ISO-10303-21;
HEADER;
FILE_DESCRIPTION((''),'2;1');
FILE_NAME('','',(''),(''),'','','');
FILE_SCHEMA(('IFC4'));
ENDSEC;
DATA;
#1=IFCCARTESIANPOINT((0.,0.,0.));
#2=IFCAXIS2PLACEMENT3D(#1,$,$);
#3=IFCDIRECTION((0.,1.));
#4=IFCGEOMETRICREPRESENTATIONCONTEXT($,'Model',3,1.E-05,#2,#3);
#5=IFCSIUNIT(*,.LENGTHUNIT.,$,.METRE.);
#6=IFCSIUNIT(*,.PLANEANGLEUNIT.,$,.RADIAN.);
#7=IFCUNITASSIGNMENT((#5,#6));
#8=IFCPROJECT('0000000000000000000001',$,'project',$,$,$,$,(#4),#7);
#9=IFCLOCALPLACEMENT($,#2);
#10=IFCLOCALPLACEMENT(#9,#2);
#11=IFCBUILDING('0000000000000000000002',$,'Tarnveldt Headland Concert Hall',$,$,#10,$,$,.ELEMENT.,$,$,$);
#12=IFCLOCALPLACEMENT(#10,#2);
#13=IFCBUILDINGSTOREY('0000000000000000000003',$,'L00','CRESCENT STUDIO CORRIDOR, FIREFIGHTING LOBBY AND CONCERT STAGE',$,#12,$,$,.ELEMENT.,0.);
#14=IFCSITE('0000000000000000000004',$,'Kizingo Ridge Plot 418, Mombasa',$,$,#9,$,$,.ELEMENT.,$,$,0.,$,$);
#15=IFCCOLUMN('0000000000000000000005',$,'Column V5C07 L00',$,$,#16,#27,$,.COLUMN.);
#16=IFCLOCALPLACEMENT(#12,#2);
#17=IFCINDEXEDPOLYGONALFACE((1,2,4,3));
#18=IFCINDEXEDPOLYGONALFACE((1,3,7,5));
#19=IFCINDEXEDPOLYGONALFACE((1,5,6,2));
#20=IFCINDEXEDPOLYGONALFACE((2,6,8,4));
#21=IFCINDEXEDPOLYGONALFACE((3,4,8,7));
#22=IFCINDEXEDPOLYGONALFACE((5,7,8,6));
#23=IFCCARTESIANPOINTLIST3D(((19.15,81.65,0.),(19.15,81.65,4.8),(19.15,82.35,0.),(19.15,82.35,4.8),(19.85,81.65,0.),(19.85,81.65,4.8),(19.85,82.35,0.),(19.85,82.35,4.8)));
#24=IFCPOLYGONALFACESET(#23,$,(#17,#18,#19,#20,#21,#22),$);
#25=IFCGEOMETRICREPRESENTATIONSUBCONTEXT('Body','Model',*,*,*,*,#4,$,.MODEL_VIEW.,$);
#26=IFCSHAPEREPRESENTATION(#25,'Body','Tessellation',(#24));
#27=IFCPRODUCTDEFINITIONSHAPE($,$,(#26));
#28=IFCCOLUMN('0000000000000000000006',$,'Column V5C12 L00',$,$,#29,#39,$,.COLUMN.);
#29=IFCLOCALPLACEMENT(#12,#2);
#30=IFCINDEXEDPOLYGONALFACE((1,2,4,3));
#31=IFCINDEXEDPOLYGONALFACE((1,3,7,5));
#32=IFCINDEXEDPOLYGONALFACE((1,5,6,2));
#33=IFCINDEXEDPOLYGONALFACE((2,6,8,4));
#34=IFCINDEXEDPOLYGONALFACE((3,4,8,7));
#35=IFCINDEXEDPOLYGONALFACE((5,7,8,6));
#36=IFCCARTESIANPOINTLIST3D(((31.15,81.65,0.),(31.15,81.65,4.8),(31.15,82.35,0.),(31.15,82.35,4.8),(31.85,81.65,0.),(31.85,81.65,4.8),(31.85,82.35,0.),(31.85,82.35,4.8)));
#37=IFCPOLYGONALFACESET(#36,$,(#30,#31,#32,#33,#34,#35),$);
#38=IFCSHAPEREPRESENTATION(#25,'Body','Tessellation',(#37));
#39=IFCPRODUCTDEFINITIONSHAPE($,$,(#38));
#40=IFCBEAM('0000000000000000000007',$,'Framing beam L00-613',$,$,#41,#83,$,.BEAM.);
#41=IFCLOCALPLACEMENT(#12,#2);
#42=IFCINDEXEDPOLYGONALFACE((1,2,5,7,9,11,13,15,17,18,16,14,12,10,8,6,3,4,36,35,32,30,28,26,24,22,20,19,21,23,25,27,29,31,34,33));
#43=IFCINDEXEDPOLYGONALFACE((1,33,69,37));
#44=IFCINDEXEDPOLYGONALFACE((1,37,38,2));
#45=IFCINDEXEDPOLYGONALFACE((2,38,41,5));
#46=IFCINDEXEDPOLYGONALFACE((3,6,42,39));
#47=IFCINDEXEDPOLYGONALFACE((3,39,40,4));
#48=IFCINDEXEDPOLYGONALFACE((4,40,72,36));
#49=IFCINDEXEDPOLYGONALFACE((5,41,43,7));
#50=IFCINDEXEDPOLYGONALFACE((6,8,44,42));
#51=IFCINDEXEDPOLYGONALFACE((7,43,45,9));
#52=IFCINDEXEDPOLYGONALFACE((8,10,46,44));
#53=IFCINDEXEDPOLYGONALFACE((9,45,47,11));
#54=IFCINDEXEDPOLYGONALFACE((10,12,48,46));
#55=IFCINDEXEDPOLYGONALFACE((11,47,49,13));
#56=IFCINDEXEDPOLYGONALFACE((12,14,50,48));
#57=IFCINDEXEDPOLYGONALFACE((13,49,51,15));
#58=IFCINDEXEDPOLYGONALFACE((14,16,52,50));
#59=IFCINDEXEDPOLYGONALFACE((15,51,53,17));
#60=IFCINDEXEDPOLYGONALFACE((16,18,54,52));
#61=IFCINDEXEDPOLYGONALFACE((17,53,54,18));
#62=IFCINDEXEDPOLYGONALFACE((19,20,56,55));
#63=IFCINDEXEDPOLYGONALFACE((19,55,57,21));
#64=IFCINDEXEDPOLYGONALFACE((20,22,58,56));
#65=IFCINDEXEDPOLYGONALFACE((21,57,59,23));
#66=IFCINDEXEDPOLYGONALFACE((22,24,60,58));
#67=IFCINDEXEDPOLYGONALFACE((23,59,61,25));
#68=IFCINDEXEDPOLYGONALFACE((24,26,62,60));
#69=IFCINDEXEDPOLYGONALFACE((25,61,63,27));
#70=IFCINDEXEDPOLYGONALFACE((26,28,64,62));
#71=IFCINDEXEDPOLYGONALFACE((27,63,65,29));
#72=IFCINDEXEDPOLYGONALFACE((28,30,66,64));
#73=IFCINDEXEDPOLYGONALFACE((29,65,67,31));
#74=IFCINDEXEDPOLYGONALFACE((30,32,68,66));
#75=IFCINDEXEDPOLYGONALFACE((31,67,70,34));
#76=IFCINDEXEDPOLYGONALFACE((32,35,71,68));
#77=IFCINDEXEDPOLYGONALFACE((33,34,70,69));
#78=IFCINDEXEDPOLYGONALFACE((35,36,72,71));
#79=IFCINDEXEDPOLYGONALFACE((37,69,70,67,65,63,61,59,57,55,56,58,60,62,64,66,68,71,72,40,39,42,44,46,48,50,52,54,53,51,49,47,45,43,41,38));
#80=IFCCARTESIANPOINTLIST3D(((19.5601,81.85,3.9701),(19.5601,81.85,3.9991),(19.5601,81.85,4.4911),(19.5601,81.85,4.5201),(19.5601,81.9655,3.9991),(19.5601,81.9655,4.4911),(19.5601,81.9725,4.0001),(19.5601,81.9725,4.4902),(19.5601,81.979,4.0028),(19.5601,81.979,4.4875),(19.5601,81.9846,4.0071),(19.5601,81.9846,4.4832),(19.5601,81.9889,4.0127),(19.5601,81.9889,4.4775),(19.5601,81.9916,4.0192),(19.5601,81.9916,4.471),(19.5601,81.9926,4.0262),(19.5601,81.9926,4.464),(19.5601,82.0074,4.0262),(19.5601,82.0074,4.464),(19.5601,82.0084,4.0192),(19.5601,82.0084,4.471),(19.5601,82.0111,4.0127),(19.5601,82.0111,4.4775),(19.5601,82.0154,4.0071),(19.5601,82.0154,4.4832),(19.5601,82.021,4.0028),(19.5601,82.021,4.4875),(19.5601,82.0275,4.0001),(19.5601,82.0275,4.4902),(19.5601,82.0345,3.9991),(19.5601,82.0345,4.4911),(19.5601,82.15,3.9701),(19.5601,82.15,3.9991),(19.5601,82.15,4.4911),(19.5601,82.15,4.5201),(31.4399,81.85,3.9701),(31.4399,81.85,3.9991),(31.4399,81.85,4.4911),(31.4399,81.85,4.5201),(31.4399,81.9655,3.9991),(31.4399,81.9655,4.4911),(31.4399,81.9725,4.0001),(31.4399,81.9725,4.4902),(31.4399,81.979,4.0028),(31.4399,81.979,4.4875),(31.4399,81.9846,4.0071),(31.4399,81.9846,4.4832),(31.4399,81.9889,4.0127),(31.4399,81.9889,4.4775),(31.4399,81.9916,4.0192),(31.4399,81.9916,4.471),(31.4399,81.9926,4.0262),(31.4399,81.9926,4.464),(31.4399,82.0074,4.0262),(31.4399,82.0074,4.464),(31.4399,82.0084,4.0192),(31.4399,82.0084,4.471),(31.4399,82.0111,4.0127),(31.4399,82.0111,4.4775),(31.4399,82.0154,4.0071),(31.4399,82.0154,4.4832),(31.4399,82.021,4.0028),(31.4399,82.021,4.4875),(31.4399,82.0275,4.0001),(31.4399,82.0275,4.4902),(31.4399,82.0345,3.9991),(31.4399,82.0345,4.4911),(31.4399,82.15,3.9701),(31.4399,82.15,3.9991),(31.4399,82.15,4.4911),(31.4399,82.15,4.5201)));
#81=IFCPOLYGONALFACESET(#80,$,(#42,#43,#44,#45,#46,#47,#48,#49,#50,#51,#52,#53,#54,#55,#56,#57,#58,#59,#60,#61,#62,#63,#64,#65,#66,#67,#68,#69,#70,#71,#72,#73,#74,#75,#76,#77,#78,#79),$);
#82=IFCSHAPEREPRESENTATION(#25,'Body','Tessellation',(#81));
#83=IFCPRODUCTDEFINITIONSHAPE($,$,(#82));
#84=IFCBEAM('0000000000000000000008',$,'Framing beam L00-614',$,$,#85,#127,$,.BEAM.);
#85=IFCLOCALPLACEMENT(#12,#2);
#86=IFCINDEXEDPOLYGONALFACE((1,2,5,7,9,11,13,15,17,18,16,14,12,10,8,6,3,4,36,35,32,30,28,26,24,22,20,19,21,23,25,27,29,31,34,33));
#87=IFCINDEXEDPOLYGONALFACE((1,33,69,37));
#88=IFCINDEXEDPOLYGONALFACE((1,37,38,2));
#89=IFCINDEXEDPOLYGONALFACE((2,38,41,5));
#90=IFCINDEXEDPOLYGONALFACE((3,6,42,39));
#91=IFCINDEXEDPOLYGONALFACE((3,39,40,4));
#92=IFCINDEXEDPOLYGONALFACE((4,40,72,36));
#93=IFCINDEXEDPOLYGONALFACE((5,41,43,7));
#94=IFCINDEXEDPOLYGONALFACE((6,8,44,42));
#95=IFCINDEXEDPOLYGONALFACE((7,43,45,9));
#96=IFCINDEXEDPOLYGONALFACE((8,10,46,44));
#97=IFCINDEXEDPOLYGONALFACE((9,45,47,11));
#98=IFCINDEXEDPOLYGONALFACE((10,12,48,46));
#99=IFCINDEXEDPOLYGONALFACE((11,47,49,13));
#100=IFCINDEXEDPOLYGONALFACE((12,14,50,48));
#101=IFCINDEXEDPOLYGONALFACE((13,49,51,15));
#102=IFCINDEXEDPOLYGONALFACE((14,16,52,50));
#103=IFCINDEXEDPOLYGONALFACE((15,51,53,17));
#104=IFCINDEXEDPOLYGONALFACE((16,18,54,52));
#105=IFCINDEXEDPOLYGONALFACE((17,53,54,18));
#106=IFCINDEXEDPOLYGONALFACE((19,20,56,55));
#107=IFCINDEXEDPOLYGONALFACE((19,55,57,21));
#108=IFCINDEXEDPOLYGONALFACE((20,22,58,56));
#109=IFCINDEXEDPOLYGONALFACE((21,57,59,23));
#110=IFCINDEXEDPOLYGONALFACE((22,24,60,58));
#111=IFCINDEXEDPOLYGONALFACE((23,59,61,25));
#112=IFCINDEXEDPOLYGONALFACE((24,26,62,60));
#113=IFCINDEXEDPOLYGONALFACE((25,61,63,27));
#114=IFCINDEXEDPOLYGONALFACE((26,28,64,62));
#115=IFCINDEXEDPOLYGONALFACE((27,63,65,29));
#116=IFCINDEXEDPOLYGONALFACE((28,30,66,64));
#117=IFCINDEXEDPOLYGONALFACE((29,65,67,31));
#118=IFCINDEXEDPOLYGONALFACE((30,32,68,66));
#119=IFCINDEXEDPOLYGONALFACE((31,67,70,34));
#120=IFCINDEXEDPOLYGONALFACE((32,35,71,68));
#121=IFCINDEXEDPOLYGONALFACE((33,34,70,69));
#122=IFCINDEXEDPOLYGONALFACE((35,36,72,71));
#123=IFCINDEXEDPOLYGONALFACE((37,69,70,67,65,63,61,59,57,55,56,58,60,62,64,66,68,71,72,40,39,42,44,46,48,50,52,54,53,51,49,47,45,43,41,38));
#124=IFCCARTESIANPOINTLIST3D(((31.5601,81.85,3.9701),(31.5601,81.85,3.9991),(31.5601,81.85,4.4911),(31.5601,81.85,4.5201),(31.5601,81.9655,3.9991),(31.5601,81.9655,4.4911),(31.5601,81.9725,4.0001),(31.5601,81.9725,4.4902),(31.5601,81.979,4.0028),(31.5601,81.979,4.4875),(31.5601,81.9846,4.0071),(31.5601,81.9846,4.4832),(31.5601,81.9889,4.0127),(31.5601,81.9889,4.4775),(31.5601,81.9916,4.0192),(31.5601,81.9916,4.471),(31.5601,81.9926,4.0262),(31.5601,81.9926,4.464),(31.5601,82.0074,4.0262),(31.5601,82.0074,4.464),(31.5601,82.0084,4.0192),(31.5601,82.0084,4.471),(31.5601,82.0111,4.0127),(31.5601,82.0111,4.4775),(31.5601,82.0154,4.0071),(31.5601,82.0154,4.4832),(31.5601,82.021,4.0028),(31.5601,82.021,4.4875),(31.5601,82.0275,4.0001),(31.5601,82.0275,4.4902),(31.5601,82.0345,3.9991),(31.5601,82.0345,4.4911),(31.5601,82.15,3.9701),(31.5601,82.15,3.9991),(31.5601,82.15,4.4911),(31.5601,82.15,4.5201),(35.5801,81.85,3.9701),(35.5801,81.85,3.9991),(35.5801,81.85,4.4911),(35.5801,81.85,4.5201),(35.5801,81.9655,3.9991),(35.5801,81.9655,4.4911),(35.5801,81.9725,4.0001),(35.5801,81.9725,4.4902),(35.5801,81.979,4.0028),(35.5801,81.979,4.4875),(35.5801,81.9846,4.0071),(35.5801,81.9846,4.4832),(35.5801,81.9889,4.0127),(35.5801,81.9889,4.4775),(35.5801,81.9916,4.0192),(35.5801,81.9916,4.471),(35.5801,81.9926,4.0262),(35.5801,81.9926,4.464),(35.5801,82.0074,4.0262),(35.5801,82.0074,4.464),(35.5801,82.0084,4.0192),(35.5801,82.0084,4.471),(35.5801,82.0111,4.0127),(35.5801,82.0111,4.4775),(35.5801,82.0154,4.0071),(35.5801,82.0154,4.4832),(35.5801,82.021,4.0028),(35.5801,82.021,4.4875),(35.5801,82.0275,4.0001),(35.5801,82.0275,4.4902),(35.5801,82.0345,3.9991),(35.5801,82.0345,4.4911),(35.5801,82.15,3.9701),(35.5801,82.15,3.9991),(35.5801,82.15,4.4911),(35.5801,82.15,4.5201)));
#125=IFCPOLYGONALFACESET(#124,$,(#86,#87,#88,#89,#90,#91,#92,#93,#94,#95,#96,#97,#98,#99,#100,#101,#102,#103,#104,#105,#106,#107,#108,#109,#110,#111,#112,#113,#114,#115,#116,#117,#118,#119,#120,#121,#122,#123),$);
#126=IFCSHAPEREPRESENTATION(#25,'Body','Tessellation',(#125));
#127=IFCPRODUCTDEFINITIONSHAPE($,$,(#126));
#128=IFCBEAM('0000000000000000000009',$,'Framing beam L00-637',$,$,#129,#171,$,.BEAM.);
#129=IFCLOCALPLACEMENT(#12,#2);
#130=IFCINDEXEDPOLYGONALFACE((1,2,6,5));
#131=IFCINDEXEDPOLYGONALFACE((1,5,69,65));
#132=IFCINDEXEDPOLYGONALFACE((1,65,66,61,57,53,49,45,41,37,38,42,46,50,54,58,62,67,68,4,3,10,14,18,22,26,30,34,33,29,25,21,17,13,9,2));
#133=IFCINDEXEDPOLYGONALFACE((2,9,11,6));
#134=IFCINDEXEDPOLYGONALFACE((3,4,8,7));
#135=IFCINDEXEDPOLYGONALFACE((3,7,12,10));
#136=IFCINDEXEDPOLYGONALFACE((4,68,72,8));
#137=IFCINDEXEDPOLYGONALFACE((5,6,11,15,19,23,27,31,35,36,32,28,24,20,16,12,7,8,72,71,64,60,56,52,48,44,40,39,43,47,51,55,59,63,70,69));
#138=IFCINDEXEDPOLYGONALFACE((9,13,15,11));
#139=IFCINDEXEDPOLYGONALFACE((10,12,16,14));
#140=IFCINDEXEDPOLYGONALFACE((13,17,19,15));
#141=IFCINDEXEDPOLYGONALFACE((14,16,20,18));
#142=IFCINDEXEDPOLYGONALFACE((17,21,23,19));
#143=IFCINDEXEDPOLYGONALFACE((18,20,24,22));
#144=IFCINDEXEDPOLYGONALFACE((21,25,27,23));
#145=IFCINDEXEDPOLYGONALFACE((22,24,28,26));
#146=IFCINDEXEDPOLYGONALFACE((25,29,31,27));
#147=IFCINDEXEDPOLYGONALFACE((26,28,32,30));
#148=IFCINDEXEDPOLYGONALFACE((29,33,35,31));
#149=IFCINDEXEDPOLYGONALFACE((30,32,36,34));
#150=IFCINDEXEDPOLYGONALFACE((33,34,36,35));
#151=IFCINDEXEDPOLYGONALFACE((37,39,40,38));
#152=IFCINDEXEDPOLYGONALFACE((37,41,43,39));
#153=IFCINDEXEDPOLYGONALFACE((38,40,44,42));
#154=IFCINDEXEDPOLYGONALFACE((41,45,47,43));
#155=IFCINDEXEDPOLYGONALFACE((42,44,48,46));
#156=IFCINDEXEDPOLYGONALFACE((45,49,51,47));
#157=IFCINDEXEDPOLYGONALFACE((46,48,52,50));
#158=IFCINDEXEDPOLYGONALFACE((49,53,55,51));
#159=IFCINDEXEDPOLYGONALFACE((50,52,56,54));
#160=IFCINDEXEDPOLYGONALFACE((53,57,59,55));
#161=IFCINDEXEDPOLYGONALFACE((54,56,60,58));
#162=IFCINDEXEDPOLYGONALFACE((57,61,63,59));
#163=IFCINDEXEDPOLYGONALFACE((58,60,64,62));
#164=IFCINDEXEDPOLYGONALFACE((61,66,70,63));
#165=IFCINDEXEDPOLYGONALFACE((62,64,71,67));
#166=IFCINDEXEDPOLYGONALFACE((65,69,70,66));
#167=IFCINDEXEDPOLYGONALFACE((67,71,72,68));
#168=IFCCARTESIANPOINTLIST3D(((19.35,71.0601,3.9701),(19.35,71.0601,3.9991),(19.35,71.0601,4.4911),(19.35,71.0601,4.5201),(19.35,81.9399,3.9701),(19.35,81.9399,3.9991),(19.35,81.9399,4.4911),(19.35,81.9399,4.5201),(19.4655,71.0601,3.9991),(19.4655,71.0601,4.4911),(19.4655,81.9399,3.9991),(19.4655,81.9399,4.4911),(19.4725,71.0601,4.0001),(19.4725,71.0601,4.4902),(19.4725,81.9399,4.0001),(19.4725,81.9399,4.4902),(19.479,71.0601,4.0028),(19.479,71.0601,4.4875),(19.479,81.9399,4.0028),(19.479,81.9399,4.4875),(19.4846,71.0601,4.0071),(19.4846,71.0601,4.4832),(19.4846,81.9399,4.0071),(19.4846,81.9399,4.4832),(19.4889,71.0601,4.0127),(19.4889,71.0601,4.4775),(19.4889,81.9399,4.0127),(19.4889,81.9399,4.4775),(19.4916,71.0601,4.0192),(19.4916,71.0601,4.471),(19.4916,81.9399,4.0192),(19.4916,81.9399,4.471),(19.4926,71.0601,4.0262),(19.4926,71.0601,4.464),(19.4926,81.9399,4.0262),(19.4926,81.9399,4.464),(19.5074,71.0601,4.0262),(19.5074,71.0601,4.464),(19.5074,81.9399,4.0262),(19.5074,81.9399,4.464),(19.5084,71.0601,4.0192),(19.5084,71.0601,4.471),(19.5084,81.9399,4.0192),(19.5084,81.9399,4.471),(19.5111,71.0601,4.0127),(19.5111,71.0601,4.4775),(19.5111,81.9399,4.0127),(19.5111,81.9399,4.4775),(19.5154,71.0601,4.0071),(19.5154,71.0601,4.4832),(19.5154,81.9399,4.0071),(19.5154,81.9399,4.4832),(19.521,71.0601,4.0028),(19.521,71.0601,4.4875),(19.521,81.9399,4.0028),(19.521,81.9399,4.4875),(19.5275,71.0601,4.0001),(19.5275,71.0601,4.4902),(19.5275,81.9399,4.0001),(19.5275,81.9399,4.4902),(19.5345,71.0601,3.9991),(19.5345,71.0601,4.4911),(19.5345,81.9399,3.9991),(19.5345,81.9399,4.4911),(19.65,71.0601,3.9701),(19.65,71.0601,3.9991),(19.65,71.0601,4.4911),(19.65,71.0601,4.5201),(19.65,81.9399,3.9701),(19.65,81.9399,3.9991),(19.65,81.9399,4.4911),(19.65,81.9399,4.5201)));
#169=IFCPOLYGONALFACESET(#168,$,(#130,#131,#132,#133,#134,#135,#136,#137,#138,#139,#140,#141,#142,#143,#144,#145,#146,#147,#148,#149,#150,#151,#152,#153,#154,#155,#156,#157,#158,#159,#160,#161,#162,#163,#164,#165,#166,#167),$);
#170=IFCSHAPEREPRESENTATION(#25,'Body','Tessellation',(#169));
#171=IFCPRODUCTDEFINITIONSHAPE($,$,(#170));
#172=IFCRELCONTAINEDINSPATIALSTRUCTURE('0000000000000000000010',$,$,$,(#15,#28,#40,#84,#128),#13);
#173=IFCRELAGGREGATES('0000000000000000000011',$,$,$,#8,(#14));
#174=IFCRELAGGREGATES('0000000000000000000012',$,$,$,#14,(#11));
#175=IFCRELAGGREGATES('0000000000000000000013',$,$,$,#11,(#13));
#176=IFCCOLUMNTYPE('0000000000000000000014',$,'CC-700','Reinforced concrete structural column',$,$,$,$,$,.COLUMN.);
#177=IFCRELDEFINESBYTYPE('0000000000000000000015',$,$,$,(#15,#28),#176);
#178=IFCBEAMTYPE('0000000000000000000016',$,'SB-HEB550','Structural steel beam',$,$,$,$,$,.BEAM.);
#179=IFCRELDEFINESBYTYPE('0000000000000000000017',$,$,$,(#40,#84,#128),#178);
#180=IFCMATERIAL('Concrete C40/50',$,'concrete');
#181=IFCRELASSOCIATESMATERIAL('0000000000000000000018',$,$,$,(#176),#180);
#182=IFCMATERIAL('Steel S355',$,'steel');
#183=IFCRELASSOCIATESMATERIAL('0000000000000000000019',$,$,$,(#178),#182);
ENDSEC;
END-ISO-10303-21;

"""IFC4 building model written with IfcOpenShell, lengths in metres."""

from ifc_helpers import new_model, si_unit, direction, frame, origin, origin_2d, place, context, subcontext, project, spatial, rectangle, i_section, extrude, material, material_profile, profile_set, type_object, element, save


model = new_model("IFC4")

# Units and contexts
model_context = context("Model", 3, precision=1e-05, world=origin(), true_north=direction((0.0, 1.0)))
body_context = subcontext(model_context, "Body", "Model", "MODEL_VIEW")
ifc_project = project(units=[si_unit("LENGTHUNIT", "METRE"), si_unit("PLANEANGLEUNIT", "RADIAN")], contexts=[model_context])

# Site, building, storey
site_placement = place(None, origin())
site = spatial("IfcSite", under=ifc_project, at=site_placement, Name="Kizingo Ridge Plot 418, Mombasa", CompositionType="ELEMENT", RefElevation=0.0)
building_placement = place(site_placement, origin())
building = spatial("IfcBuilding", under=site, at=building_placement, Name="Tarnveldt Headland Concert Hall", CompositionType="ELEMENT")
storey_placement = place(building_placement, origin())
storey = spatial("IfcBuildingStorey", under=building, at=storey_placement, Name="L00", Description="CRESCENT STUDIO CORRIDOR, FIREFIGHTING LOBBY AND CONCERT STAGE", CompositionType="ELEMENT", Elevation=0.0)

# Columns
ifc_material_1 = material(Name="Concrete C40/50", Category="concrete")
ifc_material_profile_1 = material_profile(ifc_material_1, rectangle(XDim=0.7, YDim=0.7, at=origin_2d()), Name="RC 700x700", Category="concrete")
ifc_profile_set_1 = profile_set([ifc_material_profile_1], Name="Concrete C40/50")
column_type = type_object("IfcColumnType", Name="CC-700", Description="Reinforced concrete structural column", PredefinedType="COLUMN", material=ifc_profile_set_1)
for number, where, z_axis, x_axis, name in (
    (1, (19.5, 82.0, 0.0), (0.0, 0.0, 1.0), (1.0, 0.0, 0.0), "Column V5C07 L00"),
    (2, (31.5, 82.0, 0.0), (0.0, 0.0, 1.0), (1.0, 0.0, 0.0), "Column V5C12 L00"),
):
    element("IfcColumn", number, at=place(storey_placement, frame(where, z_axis=z_axis, x_axis=x_axis)), inside=storey, type_object=column_type, Name=name, PredefinedType="COLUMN", context=body_context, shape_type="SweptSolid", body=[
        extrude(rectangle(XDim=0.7, YDim=0.7, at=origin_2d()), origin(), (0.0, 0.0, 1.0), 4.8),
    ])

# Beams
ifc_material_2 = material(Name="Steel S355", Category="steel")
ifc_material_profile_2 = material_profile(ifc_material_2, i_section(OverallWidth=0.3, OverallDepth=0.55, WebThickness=0.0149, FlangeThickness=0.0291, FilletRadius=0.0271, at=origin_2d()), Name="HEB550", Category="steel")
ifc_profile_set_2 = profile_set([ifc_material_profile_2], Name="Steel S355")
beam_type_1 = type_object("IfcBeamType", Name="SB-HEB550", Description="Structural steel beam", PredefinedType="BEAM", material=ifc_profile_set_2)
beam_1_placement = place(storey_placement, frame((19.5601, 82.0, 4.2451), z_axis=(1.0, 0.0, 0.0), x_axis=(0.0, 1.0, 0.0)))
element("IfcBeam", 3, at=beam_1_placement, inside=storey, type_object=beam_type_1, Name="Framing beam L00-613", PredefinedType="BEAM", context=body_context, shape_type="SweptSolid", body=[
    extrude(i_section(OverallWidth=0.3, OverallDepth=0.55, WebThickness=0.0149, FlangeThickness=0.0291, FilletRadius=0.0271, at=origin_2d()), origin(), (0.0, 0.0, 1.0), 11.8799),
])
beam_2_placement = place(storey_placement, frame((31.5601, 82.0, 4.2451), z_axis=(1.0, 0.0, 0.0), x_axis=(0.0, 1.0, 0.0)))
element("IfcBeam", 4, at=beam_2_placement, inside=storey, type_object=beam_type_1, Name="Framing beam L00-614", PredefinedType="BEAM", context=body_context, shape_type="SweptSolid", body=[
    extrude(i_section(OverallWidth=0.3, OverallDepth=0.55, WebThickness=0.0149, FlangeThickness=0.0291, FilletRadius=0.0271, at=origin_2d()), origin(), (0.0, 0.0, 1.0), 4.02),
])
for number, where, z_axis, x_axis, name in (
    (5, (19.5, 71.0601, 4.2451), (0.0, 1.0, 0.0), (-1.0, 0.0, 0.0), "Framing beam L00-637"),
):
    element("IfcBeam", number, at=place(storey_placement, frame(where, z_axis=z_axis, x_axis=x_axis)), inside=storey, type_object=beam_type_1, Name=name, PredefinedType="BEAM", context=body_context, shape_type="SweptSolid", body=[
        extrude(i_section(OverallWidth=0.3, OverallDepth=0.55, WebThickness=0.0149, FlangeThickness=0.0291, FilletRadius=0.0271, at=origin_2d()), origin(), (0.0, 0.0, 1.0), 10.8799),
    ])

save(model, "model.ifc")
